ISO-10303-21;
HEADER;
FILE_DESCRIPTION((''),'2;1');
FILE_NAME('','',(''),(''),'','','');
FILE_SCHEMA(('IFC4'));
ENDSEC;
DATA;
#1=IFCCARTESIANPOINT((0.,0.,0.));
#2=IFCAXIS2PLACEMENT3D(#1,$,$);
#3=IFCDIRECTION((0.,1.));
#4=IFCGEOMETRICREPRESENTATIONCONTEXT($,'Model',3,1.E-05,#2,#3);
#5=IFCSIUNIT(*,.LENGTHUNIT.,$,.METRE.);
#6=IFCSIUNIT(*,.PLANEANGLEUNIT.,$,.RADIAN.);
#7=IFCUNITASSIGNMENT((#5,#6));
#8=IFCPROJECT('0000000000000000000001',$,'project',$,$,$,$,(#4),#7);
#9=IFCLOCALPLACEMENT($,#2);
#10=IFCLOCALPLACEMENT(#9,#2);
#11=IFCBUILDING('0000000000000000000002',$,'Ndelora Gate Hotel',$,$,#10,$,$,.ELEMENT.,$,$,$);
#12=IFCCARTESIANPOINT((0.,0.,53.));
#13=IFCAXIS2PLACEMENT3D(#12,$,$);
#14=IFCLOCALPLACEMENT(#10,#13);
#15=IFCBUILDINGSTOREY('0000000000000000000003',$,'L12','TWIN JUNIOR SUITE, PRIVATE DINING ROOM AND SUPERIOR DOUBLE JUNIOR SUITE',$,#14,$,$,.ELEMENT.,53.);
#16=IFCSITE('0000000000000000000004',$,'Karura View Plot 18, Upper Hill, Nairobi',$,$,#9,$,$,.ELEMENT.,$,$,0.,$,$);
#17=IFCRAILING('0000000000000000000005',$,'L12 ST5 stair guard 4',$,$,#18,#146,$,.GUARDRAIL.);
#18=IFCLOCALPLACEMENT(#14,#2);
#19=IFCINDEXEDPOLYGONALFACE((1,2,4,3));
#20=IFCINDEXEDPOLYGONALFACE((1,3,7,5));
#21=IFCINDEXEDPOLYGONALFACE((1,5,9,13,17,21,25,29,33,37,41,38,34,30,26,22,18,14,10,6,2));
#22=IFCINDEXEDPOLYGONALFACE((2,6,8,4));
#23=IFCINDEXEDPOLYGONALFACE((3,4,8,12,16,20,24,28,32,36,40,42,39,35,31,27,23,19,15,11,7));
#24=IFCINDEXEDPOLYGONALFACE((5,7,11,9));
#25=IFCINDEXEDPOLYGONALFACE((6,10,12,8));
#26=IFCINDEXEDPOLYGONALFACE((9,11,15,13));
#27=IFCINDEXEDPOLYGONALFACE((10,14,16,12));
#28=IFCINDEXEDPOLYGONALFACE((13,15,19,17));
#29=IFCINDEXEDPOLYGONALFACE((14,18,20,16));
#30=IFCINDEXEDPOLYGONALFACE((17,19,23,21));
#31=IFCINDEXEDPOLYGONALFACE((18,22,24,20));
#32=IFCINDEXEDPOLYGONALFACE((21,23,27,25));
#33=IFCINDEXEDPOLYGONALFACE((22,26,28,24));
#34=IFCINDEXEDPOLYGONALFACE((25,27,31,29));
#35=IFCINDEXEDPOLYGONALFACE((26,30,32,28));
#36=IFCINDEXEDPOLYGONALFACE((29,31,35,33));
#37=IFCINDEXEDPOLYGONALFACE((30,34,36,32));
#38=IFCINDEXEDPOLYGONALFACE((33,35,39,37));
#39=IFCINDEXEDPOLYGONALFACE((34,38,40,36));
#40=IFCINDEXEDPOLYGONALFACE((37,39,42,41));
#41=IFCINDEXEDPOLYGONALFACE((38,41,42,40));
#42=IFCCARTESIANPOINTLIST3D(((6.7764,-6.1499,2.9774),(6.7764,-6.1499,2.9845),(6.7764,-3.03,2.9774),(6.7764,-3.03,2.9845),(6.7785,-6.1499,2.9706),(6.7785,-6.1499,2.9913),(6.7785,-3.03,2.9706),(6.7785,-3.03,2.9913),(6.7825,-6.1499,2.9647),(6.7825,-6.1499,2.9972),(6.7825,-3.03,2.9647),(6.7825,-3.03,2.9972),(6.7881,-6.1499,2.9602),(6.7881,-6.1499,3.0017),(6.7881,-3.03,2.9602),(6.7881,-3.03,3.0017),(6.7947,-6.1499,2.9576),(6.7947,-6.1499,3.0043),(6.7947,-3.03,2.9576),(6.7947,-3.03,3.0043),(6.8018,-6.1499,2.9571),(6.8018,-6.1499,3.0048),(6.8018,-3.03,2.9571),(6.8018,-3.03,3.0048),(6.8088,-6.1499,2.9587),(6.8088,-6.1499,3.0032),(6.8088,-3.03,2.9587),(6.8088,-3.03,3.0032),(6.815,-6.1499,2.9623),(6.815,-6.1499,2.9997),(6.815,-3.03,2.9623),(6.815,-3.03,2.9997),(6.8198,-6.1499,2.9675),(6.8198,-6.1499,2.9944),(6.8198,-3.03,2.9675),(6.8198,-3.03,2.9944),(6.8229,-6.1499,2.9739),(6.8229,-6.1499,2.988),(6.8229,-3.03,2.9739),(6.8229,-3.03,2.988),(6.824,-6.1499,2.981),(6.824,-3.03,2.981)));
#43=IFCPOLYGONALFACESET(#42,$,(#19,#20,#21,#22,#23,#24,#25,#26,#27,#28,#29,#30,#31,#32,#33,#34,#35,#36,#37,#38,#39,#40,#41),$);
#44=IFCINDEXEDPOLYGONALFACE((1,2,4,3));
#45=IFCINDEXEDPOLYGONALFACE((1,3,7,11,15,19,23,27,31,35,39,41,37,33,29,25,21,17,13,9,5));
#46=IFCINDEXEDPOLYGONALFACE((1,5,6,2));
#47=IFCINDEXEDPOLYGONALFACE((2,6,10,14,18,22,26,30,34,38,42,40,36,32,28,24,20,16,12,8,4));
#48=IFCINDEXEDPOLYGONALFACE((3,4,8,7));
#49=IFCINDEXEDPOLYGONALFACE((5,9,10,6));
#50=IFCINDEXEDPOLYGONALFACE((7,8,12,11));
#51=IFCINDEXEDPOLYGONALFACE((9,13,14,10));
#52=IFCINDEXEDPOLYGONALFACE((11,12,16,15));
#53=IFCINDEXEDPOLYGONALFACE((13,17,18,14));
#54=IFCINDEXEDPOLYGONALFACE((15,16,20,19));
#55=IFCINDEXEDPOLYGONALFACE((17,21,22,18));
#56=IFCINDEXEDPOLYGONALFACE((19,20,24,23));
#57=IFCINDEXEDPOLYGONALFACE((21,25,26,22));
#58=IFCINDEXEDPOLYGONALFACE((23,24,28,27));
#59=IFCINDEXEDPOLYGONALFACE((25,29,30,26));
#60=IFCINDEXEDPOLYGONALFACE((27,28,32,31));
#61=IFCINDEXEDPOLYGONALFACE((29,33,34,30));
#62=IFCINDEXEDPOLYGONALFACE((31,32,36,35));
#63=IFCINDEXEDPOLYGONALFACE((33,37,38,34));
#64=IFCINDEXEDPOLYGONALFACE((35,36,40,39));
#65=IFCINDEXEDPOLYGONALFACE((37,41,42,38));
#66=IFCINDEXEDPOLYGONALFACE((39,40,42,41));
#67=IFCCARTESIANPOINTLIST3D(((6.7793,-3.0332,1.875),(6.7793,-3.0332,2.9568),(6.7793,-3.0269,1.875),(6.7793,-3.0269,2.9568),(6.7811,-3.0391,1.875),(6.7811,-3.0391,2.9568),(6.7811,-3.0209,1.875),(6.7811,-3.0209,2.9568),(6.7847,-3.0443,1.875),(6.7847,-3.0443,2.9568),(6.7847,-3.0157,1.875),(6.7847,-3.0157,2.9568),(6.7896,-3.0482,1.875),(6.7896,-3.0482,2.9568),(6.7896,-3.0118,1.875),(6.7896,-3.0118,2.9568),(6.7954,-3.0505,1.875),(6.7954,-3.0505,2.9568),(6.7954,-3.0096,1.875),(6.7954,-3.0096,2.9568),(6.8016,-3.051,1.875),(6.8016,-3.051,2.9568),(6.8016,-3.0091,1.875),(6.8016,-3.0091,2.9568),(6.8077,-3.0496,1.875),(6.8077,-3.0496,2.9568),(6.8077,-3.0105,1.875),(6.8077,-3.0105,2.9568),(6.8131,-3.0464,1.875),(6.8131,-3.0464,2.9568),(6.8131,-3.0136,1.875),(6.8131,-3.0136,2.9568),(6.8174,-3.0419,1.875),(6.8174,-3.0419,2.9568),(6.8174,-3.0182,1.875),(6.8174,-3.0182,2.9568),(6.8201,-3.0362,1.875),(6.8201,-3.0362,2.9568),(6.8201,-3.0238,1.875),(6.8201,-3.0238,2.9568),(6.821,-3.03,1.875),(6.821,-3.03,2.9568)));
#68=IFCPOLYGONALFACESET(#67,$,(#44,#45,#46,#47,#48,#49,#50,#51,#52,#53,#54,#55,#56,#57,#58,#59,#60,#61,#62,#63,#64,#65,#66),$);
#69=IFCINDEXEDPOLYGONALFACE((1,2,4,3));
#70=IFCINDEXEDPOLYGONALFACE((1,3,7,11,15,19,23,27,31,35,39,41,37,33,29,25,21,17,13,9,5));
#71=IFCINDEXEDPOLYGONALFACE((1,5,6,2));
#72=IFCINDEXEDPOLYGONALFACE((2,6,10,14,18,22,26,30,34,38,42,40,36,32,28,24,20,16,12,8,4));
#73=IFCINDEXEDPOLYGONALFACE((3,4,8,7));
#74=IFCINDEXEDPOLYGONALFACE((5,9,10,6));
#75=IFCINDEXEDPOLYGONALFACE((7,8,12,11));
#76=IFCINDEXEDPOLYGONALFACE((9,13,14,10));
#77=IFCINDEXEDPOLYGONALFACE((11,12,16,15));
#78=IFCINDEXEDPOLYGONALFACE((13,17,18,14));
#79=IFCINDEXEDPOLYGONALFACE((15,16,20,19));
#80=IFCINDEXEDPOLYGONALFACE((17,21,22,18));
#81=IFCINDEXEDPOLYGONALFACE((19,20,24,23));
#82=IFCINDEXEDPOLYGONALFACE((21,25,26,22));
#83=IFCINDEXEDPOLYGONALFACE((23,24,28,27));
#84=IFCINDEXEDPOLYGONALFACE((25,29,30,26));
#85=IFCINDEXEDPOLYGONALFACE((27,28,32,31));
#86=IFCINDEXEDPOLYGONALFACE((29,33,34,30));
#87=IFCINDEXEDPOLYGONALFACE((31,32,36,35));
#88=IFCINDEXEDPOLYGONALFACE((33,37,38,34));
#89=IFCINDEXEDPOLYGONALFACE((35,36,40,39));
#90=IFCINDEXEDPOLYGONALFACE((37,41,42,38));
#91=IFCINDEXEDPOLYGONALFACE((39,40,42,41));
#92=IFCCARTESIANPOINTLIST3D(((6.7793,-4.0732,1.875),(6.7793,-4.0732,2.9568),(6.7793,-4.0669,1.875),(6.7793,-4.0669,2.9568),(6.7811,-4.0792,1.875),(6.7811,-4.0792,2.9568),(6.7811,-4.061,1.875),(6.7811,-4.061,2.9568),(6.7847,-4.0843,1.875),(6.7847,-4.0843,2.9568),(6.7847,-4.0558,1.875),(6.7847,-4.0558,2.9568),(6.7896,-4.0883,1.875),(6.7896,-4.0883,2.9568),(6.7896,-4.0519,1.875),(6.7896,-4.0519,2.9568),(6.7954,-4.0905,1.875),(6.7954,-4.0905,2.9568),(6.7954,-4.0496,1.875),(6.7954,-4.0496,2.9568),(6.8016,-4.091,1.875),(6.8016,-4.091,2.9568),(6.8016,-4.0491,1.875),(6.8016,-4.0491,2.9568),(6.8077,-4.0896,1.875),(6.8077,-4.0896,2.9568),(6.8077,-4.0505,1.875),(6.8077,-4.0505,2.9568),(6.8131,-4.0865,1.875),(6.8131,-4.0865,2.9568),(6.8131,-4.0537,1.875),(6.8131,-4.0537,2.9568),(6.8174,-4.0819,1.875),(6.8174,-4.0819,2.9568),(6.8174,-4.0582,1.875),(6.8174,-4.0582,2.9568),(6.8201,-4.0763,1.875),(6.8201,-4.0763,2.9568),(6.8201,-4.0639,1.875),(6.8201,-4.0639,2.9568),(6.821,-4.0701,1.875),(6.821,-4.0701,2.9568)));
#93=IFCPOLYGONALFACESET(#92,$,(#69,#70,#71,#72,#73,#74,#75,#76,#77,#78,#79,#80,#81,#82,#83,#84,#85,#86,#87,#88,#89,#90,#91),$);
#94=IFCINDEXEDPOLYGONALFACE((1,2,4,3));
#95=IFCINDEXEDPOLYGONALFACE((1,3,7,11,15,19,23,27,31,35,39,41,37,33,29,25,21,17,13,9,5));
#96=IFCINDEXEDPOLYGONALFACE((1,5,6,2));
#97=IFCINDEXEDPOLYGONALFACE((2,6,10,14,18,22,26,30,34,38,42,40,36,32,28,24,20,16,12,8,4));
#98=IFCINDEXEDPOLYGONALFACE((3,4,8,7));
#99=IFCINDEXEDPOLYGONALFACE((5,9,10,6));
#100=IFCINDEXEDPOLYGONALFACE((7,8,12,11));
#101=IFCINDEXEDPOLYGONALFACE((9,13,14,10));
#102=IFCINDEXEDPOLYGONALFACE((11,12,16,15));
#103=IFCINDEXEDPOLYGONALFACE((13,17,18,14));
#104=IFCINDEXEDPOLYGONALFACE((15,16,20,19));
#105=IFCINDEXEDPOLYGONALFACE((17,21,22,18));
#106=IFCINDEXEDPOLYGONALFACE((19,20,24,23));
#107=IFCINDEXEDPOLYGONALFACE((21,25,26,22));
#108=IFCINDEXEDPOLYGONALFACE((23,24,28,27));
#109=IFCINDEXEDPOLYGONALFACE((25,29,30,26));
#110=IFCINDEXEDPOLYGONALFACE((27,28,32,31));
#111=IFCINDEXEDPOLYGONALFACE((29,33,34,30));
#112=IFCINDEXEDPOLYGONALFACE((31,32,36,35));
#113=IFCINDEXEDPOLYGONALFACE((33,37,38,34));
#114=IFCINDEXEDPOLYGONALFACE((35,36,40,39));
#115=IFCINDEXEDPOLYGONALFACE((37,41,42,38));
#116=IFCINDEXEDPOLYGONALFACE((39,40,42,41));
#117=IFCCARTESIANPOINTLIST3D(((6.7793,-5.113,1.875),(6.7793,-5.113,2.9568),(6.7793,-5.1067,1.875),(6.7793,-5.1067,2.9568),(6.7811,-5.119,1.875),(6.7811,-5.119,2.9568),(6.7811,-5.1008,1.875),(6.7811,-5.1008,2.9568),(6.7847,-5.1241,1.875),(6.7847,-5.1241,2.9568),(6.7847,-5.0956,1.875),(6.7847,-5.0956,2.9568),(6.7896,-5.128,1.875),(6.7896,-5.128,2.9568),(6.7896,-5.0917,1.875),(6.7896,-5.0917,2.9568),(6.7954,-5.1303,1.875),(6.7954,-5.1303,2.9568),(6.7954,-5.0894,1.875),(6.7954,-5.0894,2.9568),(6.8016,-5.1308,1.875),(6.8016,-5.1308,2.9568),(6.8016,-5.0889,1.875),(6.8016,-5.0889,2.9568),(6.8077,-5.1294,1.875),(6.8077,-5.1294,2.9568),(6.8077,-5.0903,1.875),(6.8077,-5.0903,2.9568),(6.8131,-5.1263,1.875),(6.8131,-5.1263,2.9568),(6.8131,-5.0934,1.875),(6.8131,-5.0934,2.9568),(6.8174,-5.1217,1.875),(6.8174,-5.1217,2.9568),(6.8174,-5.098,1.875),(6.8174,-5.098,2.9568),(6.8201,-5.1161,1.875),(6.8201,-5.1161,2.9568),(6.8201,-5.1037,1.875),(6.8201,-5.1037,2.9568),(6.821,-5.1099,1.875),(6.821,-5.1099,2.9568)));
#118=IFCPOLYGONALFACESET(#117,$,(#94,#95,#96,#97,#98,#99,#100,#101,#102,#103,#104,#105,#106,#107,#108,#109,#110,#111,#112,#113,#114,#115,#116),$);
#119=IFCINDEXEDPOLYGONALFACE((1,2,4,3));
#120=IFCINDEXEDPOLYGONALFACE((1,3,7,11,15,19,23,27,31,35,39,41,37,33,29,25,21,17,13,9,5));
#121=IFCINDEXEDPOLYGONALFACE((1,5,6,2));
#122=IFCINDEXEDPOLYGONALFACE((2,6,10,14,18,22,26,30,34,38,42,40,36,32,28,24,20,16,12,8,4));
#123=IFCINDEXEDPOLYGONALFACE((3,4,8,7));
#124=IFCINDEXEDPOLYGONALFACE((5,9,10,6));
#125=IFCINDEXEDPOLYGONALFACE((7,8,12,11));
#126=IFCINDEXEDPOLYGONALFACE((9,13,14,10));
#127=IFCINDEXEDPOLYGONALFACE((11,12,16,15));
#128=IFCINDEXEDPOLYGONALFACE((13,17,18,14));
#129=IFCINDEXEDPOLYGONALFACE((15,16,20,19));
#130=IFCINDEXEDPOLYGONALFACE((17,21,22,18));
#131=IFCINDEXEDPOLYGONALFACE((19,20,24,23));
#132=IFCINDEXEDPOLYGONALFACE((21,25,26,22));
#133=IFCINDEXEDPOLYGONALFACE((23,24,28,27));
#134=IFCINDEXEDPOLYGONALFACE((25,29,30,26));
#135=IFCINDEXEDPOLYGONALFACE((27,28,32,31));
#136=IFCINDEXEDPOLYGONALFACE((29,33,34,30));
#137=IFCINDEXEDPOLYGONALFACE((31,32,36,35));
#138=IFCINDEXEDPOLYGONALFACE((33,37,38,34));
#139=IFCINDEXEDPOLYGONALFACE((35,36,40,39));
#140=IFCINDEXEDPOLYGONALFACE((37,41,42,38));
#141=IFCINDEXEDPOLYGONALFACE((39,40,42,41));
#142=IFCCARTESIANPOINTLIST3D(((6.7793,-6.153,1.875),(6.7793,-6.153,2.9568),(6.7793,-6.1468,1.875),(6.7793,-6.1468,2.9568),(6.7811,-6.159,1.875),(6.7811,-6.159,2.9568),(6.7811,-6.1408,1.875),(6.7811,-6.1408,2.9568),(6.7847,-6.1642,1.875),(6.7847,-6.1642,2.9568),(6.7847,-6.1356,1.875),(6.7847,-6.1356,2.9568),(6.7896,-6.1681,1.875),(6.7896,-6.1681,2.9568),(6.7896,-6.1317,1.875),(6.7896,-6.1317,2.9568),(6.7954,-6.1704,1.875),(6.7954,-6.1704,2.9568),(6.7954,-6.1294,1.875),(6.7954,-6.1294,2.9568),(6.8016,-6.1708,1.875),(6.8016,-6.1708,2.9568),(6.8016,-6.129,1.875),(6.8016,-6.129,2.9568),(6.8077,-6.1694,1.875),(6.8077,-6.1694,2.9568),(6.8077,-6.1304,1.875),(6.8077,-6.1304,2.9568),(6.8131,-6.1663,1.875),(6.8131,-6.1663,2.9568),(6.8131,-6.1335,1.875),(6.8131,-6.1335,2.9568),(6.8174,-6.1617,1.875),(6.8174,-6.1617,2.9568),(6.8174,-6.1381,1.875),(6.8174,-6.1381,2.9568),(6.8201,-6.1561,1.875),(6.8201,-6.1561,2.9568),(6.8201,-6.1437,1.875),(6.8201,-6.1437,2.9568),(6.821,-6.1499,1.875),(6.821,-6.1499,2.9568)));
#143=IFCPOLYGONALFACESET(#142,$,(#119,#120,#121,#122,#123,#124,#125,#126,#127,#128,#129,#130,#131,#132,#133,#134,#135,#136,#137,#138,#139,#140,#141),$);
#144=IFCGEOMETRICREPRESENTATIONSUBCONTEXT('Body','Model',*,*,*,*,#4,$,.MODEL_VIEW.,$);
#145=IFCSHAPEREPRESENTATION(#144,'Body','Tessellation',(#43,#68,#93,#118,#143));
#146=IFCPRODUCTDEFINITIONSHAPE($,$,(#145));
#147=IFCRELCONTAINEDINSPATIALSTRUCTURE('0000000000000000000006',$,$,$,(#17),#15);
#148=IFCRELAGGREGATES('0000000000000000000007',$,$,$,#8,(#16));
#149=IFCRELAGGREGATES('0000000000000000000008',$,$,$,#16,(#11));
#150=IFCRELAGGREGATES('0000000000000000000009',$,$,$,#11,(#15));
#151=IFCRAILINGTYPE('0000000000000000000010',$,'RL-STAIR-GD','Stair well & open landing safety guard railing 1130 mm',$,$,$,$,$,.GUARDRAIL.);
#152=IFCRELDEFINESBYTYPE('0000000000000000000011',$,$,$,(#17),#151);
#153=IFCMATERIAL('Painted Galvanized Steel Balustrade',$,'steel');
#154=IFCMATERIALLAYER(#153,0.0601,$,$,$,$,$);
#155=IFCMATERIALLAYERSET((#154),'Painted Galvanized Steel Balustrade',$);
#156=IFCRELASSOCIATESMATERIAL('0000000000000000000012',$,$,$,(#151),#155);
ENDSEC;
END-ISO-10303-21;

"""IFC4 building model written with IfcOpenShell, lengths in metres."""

from ifc_helpers import new_model, si_unit, direction, frame, origin, origin_2d, place, context, subcontext, project, spatial, circle, extrude, material, layer, layer_set, type_object, element, save


model = new_model("IFC4")

# Units and contexts
model_context = context("Model", 3, precision=1e-05, world=origin(), true_north=direction((0.0, 1.0)))
body_context = subcontext(model_context, "Body", "Model", "MODEL_VIEW")
ifc_project = project(units=[si_unit("LENGTHUNIT", "METRE"), si_unit("PLANEANGLEUNIT", "RADIAN")], contexts=[model_context])

# Site, building, storey
site_placement = place(None, origin())
site = spatial("IfcSite", under=ifc_project, at=site_placement, Name="Karura View Plot 18, Upper Hill, Nairobi", CompositionType="ELEMENT", RefElevation=0.0)
building_placement = place(site_placement, origin())
building = spatial("IfcBuilding", under=site, at=building_placement, Name="Ndelora Gate Hotel", CompositionType="ELEMENT")
storey_placement = place(building_placement, frame((0.0, 0.0, 53.0)))
storey = spatial("IfcBuildingStorey", under=building, at=storey_placement, Name="L12", Description="TWIN JUNIOR SUITE, PRIVATE DINING ROOM AND SUPERIOR DOUBLE JUNIOR SUITE", CompositionType="ELEMENT", Elevation=53.0)

# Railing
ifc_material_1 = material(Name="Painted Galvanized Steel Balustrade", Category="steel")
ifc_layer_1 = layer(ifc_material_1, 0.0601)
ifc_layer_set_1 = layer_set([ifc_layer_1], Name="Painted Galvanized Steel Balustrade")
railing_type_1 = type_object("IfcRailingType", Name="RL-STAIR-GD", Description="Stair well & open landing safety guard railing 1130 mm", PredefinedType="GUARDRAIL", material=ifc_layer_set_1)
for number, where, name in (
    (1, (6.8, -3.03, 1.875), "L12 ST5 stair guard 4"),
):
    element("IfcRailing", number, at=place(storey_placement, frame(where)), inside=storey, type_object=railing_type_1, Name=name, PredefinedType="GUARDRAIL", context=body_context, shape_type="SweptSolid", body=[
        extrude(circle(Radius=0.0239, at=origin_2d()), frame((0.0, 0.0, 1.106), z_axis=(0.0, -1.0, 0.0), x_axis=(1.0, 0.0, 0.0)), (0.0, 0.0, 1.0), 3.1199),
        extrude(circle(Radius=0.021, at=origin_2d()), origin(), (0.0, 0.0, 1.0), 1.0818),
        extrude(circle(Radius=0.021, at=origin_2d()), frame((0.0, -1.04, 0.0)), (0.0, 0.0, 1.0), 1.0818),
        extrude(circle(Radius=0.021, at=origin_2d()), frame((0.0, -2.0798, 0.0)), (0.0, 0.0, 1.0), 1.0818),
        extrude(circle(Radius=0.021, at=origin_2d()), frame((0.0, -3.1199, 0.0)), (0.0, 0.0, 1.0), 1.0818),
    ])

save(model, "model.ifc")
